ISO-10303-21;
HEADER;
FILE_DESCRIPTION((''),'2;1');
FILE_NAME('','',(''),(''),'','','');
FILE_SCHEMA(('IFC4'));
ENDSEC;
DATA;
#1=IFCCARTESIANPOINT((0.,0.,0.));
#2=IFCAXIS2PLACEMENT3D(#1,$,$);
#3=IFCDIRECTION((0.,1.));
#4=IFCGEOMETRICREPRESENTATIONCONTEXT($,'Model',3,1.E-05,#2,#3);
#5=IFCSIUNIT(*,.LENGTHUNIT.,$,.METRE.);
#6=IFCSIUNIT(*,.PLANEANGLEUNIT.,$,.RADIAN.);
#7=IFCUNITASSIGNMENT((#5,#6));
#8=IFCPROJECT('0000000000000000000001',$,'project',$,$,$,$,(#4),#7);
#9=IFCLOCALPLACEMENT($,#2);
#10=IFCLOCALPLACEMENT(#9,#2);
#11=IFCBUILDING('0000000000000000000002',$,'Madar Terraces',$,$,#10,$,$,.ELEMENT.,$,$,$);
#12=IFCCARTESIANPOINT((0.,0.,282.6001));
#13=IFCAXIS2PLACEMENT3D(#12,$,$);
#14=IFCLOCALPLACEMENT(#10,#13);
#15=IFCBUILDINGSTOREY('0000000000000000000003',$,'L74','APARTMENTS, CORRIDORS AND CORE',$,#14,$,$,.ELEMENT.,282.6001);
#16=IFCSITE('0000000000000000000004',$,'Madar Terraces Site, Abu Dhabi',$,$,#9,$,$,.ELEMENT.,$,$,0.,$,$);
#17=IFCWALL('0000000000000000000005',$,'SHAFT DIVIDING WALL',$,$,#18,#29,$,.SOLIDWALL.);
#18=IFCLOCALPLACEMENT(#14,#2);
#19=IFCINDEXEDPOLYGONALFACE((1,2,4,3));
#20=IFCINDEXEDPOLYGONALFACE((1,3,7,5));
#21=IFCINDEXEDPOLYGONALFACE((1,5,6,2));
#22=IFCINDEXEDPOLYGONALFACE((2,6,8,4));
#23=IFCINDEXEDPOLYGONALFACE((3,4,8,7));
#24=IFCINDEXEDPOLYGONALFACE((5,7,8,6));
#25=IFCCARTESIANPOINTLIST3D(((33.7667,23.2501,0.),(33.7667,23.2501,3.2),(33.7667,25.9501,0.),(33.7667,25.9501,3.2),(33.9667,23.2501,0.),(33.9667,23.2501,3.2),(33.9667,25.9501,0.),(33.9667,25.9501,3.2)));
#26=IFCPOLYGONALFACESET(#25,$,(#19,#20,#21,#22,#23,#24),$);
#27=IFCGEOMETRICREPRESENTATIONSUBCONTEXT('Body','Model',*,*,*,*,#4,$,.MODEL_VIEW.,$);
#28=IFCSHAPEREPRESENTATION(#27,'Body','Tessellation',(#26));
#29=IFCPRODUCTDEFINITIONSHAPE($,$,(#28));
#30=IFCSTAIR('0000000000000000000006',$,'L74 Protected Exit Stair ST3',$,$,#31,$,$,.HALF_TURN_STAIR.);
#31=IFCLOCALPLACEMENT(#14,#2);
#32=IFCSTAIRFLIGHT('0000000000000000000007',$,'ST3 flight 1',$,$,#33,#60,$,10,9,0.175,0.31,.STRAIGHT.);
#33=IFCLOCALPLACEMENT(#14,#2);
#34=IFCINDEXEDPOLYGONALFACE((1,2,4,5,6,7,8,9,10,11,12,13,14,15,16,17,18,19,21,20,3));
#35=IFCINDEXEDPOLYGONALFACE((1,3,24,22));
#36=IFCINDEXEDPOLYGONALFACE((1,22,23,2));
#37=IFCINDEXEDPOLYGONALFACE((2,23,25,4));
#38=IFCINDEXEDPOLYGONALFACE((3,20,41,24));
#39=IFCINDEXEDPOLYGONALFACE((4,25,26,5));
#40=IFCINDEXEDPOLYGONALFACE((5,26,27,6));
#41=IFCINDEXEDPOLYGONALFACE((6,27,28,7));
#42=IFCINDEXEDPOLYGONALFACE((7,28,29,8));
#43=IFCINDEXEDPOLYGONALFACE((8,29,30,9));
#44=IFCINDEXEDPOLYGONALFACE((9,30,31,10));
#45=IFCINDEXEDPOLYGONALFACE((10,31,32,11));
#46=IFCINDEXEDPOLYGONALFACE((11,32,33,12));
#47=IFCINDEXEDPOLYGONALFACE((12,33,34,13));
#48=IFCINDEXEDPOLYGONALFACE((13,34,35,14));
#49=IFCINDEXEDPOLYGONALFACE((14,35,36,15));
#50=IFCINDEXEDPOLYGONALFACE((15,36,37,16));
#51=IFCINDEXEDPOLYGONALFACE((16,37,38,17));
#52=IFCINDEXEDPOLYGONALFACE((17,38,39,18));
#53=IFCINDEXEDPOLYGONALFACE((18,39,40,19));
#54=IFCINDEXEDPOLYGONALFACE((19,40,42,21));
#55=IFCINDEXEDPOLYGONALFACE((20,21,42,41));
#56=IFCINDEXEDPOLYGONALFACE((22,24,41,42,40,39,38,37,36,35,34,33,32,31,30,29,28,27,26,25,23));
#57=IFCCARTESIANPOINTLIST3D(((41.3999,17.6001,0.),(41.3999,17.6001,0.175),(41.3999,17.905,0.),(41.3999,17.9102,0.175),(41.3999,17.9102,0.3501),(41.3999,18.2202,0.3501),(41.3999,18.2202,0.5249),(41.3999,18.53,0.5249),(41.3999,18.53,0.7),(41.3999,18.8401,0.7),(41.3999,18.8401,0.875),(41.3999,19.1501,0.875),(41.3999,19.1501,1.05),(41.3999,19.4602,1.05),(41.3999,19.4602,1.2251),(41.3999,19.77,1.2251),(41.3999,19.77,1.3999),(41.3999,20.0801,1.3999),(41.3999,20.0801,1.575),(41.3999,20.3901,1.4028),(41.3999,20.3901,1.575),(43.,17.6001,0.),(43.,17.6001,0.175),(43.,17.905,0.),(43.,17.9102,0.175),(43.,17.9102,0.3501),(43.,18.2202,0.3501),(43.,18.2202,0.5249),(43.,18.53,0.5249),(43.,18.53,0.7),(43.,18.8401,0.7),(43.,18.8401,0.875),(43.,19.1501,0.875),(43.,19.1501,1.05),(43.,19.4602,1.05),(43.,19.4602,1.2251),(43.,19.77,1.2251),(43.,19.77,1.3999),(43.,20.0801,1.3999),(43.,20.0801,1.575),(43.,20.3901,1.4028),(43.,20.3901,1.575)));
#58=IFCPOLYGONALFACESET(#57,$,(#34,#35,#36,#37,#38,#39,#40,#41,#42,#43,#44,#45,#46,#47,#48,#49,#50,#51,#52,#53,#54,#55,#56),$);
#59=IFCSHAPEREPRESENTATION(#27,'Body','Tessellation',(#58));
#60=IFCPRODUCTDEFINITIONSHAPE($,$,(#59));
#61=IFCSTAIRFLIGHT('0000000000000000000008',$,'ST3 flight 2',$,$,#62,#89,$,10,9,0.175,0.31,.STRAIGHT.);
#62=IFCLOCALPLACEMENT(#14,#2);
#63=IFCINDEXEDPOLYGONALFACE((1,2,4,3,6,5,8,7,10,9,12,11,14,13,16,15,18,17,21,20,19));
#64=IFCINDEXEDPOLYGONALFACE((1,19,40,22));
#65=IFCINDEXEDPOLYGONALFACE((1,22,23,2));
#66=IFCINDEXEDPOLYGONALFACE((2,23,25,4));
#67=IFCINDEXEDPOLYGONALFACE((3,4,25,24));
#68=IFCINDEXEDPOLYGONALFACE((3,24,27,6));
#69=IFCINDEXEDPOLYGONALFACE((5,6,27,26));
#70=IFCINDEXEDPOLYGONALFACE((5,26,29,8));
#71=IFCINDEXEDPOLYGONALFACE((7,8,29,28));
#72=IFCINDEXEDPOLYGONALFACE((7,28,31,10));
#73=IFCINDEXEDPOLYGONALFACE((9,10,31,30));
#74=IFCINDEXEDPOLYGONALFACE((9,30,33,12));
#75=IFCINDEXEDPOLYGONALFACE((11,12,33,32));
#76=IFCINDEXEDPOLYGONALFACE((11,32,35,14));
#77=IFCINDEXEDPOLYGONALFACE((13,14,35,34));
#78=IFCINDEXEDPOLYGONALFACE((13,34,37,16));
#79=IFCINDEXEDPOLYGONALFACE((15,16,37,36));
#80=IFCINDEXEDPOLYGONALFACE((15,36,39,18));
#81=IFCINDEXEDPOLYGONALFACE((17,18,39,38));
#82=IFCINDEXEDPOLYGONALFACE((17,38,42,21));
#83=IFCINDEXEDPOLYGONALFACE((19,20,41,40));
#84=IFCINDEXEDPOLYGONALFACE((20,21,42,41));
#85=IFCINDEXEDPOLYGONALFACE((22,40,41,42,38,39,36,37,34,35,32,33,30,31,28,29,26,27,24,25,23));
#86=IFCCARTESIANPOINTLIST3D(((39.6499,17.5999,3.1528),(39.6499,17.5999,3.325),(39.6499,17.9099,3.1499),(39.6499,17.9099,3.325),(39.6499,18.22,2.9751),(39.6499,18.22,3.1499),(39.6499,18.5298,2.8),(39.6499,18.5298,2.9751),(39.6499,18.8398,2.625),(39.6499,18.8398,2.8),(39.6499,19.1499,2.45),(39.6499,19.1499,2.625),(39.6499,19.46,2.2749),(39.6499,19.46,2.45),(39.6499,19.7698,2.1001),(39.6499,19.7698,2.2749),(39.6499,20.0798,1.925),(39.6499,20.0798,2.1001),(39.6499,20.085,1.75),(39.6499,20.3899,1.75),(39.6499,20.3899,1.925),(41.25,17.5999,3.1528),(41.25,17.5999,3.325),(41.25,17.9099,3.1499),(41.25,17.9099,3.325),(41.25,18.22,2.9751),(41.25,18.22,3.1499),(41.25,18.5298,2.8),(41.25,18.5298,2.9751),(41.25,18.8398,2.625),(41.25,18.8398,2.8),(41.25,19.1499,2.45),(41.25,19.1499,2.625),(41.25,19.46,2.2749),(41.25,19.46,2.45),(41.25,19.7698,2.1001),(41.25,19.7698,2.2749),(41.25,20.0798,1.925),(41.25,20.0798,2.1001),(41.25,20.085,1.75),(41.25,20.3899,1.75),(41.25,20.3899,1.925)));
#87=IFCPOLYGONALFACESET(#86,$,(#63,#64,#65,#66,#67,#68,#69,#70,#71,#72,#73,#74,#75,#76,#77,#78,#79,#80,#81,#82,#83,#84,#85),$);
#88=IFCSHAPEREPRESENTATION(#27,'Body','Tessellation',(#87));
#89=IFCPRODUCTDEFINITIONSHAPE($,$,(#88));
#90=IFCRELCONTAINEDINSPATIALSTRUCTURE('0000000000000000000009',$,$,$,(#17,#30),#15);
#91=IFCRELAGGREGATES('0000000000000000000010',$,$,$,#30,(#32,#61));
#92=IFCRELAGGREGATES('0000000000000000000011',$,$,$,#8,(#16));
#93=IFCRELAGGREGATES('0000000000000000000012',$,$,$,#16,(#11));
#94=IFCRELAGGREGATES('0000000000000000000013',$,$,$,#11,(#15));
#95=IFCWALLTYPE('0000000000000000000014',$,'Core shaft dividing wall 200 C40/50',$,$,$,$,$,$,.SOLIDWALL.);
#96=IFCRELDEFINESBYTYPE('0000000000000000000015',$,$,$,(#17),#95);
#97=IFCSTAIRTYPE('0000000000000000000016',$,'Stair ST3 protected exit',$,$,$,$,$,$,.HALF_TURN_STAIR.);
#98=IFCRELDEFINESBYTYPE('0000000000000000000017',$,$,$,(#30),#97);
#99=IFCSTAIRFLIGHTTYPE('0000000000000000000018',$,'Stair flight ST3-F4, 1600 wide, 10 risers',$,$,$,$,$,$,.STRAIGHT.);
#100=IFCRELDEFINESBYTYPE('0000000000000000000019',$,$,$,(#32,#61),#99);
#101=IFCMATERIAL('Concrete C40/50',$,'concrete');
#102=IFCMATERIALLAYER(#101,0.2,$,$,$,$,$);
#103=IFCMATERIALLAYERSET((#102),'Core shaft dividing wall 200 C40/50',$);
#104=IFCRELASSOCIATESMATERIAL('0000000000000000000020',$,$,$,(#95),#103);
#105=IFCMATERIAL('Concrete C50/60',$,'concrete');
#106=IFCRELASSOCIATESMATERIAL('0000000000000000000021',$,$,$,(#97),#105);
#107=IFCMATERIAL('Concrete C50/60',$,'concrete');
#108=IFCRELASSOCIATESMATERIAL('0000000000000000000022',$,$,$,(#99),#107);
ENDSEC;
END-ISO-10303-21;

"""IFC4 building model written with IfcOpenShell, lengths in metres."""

from ifc_helpers import new_model, si_unit, direction, frame, frame_2d, origin, place, context, subcontext, project, spatial, polyline, rectangle, outline, extrude, material, layer, layer_set, type_object, element, aggregate, save


model = new_model("IFC4")

# Units and contexts
model_context = context("Model", 3, precision=1e-05, world=origin(), true_north=direction((0.0, 1.0)))
body_context = subcontext(model_context, "Body", "Model", "MODEL_VIEW")
ifc_project = project(units=[si_unit("LENGTHUNIT", "METRE"), si_unit("PLANEANGLEUNIT", "RADIAN")], contexts=[model_context])

# Site, building, storey
site_placement = place(None, origin())
site = spatial("IfcSite", under=ifc_project, at=site_placement, Name="Madar Terraces Site, Abu Dhabi", CompositionType="ELEMENT", RefElevation=0.0)
building_placement = place(site_placement, origin())
building = spatial("IfcBuilding", under=site, at=building_placement, Name="Madar Terraces", CompositionType="ELEMENT")
storey_placement = place(building_placement, frame((0.0, 0.0, 282.6001)))
storey = spatial("IfcBuildingStorey", under=building, at=storey_placement, Name="L74", Description="APARTMENTS, CORRIDORS AND CORE", CompositionType="ELEMENT", Elevation=282.6001)

# Wall
ifc_material_1 = material(Name="Concrete C40/50", Category="concrete")
ifc_layer_1 = layer(ifc_material_1, 0.2)
ifc_layer_set_1 = layer_set([ifc_layer_1], Name="Core shaft dividing wall 200 C40/50")
wall_type_1 = type_object("IfcWallType", Name="Core shaft dividing wall 200 C40/50", PredefinedType="SOLIDWALL", material=ifc_layer_set_1)
for number, where, z_axis, x_axis, name in (
    (1, (33.8667, 23.25, 0.0), (0.0, 0.0, 1.0), (0.0, 1.0, 0.0), "SHAFT DIVIDING WALL"),
):
    element("IfcWall", number, at=place(storey_placement, frame(where, z_axis=z_axis, x_axis=x_axis)), inside=storey, type_object=wall_type_1, Name=name, PredefinedType="SOLIDWALL", context=body_context, shape_type="SweptSolid", body=[
        extrude(rectangle(XDim=2.7, YDim=0.2, at=frame_2d((1.3501, 0.0))), origin(), (0.0, 0.0, 1.0), 3.2),
    ])

# Stair, stair flights
ifc_material_2 = material(Name="Concrete C50/60", Category="concrete")
stair_type = type_object("IfcStairType", Name="Stair ST3 protected exit", PredefinedType="HALF_TURN_STAIR", material=ifc_material_2)
stair_placement = place(storey_placement, origin())
stair = element("IfcStair", 2, at=stair_placement, inside=storey, type_object=stair_type, Name="L74 Protected Exit Stair ST3", PredefinedType="HALF_TURN_STAIR")
ifc_material_3 = material(Name="Concrete C50/60", Category="concrete")
stair_flight_type = type_object("IfcStairFlightType", Name="Stair flight ST3-F4, 1600 wide, 10 risers", PredefinedType="STRAIGHT", material=ifc_material_3)
stair_flight_1_placement = place(storey_placement, frame((42.2, 17.6001, 0.0), z_axis=(0.0, 0.0, 1.0), x_axis=(0.0, 1.0, 0.0)))
stair_flight_1 = element("IfcStairFlight", 3, at=stair_flight_1_placement, type_object=stair_flight_type, Name="ST3 flight 1", NumberOfRisers=10, NumberOfTreads=9, PredefinedType="STRAIGHT", RiserHeight=0.175, TreadLength=0.31, context=body_context, shape_type="SweptSolid", body=[
    extrude(outline(polyline([(0.0, 0.0), (0.0, 0.175), (0.3101, 0.175), (0.3101, 0.3501), (0.6201, 0.3501), (0.6201, 0.5249), (0.9299, 0.5249), (0.9299, 0.7), (1.24, 0.7), (1.24, 0.875), (1.55, 0.875), (1.55, 1.05), (1.8601, 1.05), (1.8601, 1.2251), (2.1699, 1.2251), (2.1699, 1.3999), (2.48, 1.3999), (2.48, 1.575), (2.79, 1.575), (2.79, 1.75), (2.79, 1.4028), (0.3049, 0.0), (0.0, 0.0)])), frame((0.0, 0.8, 0.0), z_axis=(0.0, -1.0, 0.0), x_axis=(1.0, 0.0, 0.0)), (0.0, 0.0, 1.0), 1.6001),
])
stair_flight_2_placement = place(storey_placement, frame((40.45, 20.3899, 1.75), z_axis=(0.0, 0.0, 1.0), x_axis=(0.0, -1.0, 0.0)))
stair_flight_2 = element("IfcStairFlight", 4, at=stair_flight_2_placement, type_object=stair_flight_type, Name="ST3 flight 2", NumberOfRisers=10, NumberOfTreads=9, PredefinedType="STRAIGHT", RiserHeight=0.175, TreadLength=0.31, context=body_context, shape_type="SweptSolid", body=[
    extrude(outline(polyline([(0.0, 0.0), (0.0, 0.175), (0.3101, 0.175), (0.3101, 0.3501), (0.6201, 0.3501), (0.6201, 0.5249), (0.9299, 0.5249), (0.9299, 0.7), (1.24, 0.7), (1.24, 0.875), (1.55, 0.875), (1.55, 1.05), (1.8601, 1.05), (1.8601, 1.2251), (2.1699, 1.2251), (2.1699, 1.3999), (2.48, 1.3999), (2.48, 1.575), (2.79, 1.575), (2.79, 1.75), (2.79, 1.4028), (0.3049, 0.0), (0.0, 0.0)])), frame((0.0, 0.8, 0.0), z_axis=(0.0, -1.0, 0.0), x_axis=(1.0, 0.0, 0.0)), (0.0, 0.0, 1.0), 1.6001),
])
aggregate(stair, [stair_flight_1, stair_flight_2])

save(model, "model.ifc")
